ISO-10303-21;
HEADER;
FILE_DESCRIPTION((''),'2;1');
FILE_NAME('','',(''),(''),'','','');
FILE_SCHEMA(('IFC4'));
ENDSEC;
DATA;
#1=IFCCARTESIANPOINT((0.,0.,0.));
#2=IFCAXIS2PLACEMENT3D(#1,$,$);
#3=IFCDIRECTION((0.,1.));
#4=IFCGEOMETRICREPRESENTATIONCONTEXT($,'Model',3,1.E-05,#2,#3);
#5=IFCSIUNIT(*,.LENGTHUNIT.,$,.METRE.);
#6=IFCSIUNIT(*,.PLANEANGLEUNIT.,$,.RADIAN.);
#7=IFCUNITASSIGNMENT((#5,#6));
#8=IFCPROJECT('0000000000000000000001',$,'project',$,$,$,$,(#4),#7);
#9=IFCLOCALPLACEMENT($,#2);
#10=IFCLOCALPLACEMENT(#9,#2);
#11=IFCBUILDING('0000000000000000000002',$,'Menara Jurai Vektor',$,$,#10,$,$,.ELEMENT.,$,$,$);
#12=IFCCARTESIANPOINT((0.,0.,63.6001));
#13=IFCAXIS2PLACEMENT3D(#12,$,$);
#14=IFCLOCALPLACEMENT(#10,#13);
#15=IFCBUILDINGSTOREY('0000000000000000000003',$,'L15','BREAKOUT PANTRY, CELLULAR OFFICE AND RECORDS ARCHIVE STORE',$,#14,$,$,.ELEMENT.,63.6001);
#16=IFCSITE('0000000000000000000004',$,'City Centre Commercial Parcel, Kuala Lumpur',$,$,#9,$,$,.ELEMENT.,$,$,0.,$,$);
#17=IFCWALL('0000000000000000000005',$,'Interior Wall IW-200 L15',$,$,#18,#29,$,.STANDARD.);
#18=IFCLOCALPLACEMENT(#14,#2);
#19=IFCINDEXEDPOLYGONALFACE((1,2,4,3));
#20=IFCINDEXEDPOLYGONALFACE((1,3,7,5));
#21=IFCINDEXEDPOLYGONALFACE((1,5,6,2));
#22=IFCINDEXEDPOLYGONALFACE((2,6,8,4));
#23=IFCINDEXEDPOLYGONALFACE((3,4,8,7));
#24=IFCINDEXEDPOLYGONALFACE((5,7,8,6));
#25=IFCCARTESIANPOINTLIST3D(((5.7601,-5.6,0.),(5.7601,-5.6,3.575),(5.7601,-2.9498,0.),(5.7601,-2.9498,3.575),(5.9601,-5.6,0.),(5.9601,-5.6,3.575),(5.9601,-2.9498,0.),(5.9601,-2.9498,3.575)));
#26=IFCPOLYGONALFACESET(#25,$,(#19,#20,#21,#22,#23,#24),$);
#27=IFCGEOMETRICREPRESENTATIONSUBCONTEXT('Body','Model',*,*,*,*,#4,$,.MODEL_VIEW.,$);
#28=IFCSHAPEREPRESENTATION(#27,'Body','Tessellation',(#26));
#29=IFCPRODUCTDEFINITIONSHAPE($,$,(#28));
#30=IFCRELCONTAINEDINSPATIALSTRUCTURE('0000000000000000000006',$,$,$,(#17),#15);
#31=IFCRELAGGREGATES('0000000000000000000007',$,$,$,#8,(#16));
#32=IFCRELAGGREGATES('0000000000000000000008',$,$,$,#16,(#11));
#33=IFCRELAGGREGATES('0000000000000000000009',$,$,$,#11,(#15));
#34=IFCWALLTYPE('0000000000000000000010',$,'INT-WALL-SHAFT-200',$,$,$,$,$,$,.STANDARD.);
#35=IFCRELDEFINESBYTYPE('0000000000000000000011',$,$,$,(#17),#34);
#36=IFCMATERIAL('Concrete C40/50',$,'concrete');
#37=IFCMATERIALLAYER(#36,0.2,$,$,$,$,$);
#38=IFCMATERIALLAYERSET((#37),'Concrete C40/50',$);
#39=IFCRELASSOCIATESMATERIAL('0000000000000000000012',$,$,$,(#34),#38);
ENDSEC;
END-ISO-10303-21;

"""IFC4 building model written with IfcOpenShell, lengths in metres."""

from ifc_helpers import new_model, si_unit, direction, frame, frame_2d, origin, place, context, subcontext, project, spatial, rectangle, extrude, material, layer, layer_set, type_object, element, save


model = new_model("IFC4")

# Units and contexts
model_context = context("Model", 3, precision=1e-05, world=origin(), true_north=direction((0.0, 1.0)))
body_context = subcontext(model_context, "Body", "Model", "MODEL_VIEW")
ifc_project = project(units=[si_unit("LENGTHUNIT", "METRE"), si_unit("PLANEANGLEUNIT", "RADIAN")], contexts=[model_context])

# Site, building, storey
site_placement = place(None, origin())
site = spatial("IfcSite", under=ifc_project, at=site_placement, Name="City Centre Commercial Parcel, Kuala Lumpur", CompositionType="ELEMENT", RefElevation=0.0)
building_placement = place(site_placement, origin())
building = spatial("IfcBuilding", under=site, at=building_placement, Name="Menara Jurai Vektor", CompositionType="ELEMENT")
storey_placement = place(building_placement, frame((0.0, 0.0, 63.6001)))
storey = spatial("IfcBuildingStorey", under=building, at=storey_placement, Name="L15", Description="BREAKOUT PANTRY, CELLULAR OFFICE AND RECORDS ARCHIVE STORE", CompositionType="ELEMENT", Elevation=63.6001)

# Shared definitions
ifc_material_1 = material(Name="Concrete C40/50", Category="concrete")

# Shared definitions
ifc_layer_1 = layer(ifc_material_1, 0.2)
ifc_layer_set_1 = layer_set([ifc_layer_1], Name="Concrete C40/50")
wall_type_1 = type_object("IfcWallType", Name="INT-WALL-SHAFT-200", PredefinedType="STANDARD", material=ifc_layer_set_1)

# Wall
wall_1_placement = place(storey_placement, frame((5.8601, -5.6001, 0.0), z_axis=(0.0, 0.0, 1.0), x_axis=(0.0, 1.0, 0.0)))
element("IfcWall", 1, at=wall_1_placement, inside=storey, type_object=wall_type_1, Name="Interior Wall IW-200 L15", PredefinedType="STANDARD", context=body_context, shape_type="SweptSolid", body=[
    extrude(rectangle(XDim=2.6501, YDim=0.2, at=frame_2d((1.3252, 0.0))), origin(), (0.0, 0.0, 1.0), 3.575),
])

save(model, "model.ifc")
